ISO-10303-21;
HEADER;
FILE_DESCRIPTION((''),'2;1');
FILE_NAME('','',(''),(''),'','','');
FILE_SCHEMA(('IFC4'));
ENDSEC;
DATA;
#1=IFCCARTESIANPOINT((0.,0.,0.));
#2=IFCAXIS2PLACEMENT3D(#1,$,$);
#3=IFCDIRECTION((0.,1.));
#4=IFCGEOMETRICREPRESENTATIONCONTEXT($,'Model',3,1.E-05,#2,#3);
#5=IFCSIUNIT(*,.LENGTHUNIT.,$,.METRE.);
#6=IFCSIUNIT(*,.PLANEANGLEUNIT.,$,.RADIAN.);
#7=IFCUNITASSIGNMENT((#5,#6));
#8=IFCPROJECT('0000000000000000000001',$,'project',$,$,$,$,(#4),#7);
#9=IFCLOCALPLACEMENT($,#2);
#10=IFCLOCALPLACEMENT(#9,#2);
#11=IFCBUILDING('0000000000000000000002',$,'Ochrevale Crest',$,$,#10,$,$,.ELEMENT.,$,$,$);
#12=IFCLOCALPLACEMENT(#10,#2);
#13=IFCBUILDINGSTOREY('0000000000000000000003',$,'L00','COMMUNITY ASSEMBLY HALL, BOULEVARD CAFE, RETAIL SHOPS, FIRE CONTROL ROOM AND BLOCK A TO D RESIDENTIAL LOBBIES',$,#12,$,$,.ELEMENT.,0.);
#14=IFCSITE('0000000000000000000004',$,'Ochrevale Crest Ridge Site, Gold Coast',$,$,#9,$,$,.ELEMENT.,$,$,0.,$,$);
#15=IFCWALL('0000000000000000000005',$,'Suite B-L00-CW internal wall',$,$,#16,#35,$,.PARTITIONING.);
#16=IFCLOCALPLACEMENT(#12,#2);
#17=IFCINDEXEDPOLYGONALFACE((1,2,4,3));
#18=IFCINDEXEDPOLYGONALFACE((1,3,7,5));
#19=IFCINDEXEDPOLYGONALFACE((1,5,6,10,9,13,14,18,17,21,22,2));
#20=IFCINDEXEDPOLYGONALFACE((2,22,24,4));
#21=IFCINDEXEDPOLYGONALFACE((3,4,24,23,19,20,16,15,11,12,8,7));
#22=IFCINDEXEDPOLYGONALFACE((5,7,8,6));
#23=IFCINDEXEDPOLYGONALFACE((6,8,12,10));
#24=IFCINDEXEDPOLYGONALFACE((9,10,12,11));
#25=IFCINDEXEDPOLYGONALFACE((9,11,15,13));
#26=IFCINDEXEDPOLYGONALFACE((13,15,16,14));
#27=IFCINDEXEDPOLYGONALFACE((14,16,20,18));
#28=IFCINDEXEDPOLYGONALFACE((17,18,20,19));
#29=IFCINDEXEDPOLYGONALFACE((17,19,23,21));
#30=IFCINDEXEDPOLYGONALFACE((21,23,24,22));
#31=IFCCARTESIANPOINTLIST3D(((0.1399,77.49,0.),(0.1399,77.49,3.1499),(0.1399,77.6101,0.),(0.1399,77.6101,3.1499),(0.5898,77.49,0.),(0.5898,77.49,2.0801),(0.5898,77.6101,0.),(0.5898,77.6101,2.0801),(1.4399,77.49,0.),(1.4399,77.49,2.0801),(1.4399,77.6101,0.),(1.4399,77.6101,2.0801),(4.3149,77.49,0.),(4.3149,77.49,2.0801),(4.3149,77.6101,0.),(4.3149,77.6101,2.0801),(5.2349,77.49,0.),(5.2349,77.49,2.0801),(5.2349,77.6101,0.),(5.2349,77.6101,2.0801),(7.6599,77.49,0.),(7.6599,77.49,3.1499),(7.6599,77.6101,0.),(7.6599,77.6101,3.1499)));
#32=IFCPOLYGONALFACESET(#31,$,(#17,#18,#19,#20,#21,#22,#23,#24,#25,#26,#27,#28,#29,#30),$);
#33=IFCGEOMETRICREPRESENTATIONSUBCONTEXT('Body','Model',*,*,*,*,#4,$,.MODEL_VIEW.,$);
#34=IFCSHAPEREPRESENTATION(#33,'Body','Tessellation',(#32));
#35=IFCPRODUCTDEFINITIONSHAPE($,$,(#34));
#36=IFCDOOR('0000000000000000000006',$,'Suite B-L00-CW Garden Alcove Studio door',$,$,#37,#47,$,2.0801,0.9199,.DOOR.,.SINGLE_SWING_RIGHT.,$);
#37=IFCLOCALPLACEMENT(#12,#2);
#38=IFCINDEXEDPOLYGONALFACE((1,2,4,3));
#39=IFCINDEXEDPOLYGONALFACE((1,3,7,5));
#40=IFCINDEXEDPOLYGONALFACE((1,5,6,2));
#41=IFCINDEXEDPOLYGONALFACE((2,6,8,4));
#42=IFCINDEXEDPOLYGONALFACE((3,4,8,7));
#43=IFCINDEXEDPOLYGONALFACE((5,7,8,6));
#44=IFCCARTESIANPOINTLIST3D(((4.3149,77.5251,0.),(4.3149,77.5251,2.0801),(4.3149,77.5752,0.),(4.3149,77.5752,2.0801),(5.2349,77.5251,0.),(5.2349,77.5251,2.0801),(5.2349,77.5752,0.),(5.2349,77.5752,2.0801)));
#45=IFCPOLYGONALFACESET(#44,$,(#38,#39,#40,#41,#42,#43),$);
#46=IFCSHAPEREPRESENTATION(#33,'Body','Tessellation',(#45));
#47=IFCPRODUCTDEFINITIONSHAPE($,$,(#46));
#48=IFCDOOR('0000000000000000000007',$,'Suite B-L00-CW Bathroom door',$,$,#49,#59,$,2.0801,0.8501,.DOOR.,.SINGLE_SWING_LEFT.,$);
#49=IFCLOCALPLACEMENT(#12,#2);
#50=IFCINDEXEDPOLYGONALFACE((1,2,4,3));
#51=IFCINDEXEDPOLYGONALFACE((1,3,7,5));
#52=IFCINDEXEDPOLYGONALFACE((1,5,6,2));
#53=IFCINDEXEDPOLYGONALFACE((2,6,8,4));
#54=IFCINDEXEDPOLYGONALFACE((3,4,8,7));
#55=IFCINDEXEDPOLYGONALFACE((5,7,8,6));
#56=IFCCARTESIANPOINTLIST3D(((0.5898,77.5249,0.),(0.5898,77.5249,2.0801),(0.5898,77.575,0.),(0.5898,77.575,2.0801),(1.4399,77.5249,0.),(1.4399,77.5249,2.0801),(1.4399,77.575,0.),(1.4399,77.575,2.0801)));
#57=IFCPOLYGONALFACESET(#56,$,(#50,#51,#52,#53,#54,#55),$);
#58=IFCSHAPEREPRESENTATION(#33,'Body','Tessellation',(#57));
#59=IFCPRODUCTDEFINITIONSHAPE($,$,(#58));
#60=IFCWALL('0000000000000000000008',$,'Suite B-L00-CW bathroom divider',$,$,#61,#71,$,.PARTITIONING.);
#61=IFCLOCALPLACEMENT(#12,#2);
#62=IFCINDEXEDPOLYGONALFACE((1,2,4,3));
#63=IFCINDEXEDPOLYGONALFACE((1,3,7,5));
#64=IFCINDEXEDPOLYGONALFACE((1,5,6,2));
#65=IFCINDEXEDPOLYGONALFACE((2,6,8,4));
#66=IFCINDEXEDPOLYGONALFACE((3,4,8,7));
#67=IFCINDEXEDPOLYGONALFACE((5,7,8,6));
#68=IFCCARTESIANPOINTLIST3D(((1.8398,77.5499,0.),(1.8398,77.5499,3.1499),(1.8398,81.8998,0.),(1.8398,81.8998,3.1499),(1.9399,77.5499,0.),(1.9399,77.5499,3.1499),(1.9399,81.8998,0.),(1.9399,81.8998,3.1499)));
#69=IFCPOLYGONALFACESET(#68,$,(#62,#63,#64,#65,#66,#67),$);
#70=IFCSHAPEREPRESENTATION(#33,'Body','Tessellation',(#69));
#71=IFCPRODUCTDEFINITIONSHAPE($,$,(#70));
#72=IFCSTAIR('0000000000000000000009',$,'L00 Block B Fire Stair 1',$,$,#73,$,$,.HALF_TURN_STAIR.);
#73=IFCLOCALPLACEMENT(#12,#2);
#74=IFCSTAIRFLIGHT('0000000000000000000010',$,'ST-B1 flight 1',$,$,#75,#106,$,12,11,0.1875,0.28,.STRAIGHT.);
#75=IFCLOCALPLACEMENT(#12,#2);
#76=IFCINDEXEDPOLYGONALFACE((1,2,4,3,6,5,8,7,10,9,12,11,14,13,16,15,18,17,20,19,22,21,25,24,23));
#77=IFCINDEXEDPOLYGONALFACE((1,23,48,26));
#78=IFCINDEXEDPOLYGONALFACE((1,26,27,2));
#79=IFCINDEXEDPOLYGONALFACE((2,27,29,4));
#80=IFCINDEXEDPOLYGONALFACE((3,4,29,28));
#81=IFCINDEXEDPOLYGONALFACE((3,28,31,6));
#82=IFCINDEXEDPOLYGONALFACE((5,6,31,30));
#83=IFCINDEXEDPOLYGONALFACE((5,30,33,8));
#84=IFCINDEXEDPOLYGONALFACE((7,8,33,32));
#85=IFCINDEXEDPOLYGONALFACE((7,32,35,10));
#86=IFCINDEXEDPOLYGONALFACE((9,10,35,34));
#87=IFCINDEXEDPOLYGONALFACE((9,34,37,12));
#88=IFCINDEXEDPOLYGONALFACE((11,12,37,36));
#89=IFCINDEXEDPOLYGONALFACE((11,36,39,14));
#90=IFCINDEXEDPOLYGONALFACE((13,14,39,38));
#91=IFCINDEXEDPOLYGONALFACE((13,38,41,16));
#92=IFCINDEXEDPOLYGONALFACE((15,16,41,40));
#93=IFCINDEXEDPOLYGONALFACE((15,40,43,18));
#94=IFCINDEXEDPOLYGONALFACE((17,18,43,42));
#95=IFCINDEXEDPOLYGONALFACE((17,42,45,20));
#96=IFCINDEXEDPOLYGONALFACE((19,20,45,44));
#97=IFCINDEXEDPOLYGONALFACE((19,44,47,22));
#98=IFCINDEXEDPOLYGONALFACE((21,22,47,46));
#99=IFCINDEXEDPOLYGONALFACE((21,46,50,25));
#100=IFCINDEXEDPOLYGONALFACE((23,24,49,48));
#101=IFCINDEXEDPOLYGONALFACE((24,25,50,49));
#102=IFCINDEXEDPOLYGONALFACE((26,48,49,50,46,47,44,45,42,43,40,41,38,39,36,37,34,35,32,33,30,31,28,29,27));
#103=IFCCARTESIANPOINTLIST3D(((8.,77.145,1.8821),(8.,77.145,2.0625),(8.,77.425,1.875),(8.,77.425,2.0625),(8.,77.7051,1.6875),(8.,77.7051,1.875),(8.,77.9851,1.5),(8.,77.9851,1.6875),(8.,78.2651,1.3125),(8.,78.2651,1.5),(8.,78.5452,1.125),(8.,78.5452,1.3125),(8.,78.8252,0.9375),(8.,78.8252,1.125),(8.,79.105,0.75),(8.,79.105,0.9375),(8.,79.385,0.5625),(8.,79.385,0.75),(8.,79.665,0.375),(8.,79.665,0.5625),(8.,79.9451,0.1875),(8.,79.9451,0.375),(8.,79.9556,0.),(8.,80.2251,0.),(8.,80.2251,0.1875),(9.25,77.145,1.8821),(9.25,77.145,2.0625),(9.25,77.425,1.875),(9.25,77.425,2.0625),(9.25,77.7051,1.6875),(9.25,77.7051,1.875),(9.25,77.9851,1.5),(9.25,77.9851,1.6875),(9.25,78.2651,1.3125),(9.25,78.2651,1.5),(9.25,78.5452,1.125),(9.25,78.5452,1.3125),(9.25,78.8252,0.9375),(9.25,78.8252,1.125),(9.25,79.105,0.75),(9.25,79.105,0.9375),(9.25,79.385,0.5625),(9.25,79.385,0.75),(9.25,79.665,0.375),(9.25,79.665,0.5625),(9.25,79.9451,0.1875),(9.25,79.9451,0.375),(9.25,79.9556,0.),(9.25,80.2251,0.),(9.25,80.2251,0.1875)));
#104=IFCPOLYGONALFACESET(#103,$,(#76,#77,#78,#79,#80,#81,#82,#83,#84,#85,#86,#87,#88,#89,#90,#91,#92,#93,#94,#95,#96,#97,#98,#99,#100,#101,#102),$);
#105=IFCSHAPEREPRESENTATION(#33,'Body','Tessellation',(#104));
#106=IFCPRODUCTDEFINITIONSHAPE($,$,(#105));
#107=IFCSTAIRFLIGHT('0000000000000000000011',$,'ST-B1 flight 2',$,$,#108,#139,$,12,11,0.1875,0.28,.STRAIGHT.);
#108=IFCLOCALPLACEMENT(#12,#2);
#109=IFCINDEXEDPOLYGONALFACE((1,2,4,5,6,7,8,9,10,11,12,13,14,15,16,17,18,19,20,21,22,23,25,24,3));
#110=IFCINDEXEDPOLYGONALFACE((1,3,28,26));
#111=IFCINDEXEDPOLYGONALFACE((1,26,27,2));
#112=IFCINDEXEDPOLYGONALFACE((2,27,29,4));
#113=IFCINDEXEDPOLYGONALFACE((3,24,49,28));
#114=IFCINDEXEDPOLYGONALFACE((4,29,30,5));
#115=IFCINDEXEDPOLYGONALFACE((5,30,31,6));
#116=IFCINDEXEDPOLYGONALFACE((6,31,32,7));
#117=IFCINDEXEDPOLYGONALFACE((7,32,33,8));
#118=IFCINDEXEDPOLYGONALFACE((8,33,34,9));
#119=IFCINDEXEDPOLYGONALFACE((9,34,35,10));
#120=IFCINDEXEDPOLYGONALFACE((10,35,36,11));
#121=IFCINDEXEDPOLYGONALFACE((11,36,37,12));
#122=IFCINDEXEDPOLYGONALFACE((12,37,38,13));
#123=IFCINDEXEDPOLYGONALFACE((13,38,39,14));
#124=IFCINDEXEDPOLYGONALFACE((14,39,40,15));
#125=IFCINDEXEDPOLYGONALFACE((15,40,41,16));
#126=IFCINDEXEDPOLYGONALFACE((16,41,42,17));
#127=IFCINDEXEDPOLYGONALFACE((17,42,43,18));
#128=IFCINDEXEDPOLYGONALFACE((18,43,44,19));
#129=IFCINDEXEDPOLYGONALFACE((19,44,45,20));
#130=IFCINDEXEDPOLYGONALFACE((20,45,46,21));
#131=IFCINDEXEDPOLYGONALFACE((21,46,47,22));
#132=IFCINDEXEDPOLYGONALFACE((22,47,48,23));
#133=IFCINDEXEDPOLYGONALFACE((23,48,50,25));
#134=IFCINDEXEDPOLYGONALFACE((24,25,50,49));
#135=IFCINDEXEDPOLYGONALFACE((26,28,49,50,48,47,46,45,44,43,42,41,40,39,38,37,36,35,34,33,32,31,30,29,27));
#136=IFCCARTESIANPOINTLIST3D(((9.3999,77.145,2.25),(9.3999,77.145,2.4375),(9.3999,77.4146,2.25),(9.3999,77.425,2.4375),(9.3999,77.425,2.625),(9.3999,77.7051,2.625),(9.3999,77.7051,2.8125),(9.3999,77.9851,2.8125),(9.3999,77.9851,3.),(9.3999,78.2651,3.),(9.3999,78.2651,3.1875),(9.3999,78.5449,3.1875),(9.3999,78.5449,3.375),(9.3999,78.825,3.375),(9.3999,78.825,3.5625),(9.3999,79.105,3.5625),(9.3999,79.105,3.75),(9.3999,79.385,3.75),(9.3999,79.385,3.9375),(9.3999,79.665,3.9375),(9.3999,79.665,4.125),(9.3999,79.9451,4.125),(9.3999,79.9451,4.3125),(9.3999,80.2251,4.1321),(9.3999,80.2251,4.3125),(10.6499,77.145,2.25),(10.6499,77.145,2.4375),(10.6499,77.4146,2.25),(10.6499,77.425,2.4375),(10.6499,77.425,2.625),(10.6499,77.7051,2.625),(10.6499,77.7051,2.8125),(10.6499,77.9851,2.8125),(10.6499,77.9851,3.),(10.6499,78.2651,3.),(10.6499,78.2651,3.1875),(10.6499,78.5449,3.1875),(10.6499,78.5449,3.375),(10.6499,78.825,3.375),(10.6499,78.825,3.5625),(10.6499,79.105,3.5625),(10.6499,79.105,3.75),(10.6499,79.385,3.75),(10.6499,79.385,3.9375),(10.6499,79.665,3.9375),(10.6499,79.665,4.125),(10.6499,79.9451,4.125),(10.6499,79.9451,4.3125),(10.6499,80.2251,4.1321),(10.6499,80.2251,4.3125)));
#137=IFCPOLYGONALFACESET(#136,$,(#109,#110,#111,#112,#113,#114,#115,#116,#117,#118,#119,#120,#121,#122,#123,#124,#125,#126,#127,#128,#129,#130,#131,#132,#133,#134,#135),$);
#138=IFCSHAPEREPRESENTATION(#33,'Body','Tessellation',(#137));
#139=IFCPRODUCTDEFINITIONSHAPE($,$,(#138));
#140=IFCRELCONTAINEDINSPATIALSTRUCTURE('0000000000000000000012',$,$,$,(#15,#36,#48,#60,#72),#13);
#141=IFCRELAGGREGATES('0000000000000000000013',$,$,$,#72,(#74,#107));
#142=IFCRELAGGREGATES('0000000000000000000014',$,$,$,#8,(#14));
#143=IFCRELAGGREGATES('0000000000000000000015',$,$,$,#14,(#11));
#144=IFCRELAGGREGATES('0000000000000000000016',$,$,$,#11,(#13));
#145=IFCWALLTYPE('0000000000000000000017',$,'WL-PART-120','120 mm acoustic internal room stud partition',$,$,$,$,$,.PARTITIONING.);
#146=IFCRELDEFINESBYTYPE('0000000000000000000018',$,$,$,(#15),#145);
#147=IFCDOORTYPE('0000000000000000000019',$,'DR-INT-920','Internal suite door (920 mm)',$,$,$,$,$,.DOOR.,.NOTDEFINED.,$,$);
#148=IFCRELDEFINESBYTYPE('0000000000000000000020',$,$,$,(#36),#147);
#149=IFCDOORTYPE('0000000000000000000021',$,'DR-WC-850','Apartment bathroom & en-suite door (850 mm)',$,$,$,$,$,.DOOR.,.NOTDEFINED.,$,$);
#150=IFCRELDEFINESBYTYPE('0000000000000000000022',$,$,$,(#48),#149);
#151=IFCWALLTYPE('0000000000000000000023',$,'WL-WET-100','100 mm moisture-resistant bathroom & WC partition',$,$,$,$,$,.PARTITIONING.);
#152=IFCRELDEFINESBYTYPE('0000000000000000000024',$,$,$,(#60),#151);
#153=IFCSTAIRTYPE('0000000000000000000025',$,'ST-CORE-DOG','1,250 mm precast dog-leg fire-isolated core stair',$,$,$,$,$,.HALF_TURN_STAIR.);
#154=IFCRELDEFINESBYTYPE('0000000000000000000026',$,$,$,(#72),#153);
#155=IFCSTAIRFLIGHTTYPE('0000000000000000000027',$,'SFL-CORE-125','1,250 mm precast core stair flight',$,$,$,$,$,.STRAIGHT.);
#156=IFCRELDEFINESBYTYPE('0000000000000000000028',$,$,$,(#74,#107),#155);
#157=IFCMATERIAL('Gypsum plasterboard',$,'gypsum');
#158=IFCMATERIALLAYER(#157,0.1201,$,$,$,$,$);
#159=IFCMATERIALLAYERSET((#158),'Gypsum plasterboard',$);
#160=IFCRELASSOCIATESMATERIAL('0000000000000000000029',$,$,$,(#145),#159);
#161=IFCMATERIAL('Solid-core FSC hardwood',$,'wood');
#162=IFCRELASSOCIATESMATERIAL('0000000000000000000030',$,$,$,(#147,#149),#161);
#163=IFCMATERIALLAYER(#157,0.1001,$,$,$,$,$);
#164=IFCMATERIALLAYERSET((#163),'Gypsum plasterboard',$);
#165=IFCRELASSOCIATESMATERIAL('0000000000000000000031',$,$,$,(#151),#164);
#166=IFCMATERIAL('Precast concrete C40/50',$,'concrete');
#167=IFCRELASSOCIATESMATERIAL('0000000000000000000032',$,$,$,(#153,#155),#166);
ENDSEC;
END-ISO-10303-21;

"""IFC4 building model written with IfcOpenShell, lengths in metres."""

from ifc_helpers import new_model, si_unit, direction, frame, frame_2d, origin, place, context, subcontext, project, spatial, polyline, rectangle, outline, extrude, material, layer, layer_set, type_object, element, fill, aggregate, save


model = new_model("IFC4")

# Units and contexts
model_context = context("Model", 3, precision=1e-05, world=origin(), true_north=direction((0.0, 1.0)))
body_context = subcontext(model_context, "Body", "Model", "MODEL_VIEW")
ifc_project = project(units=[si_unit("LENGTHUNIT", "METRE"), si_unit("PLANEANGLEUNIT", "RADIAN")], contexts=[model_context])

# Site, building, storey
site_placement = place(None, origin())
site = spatial("IfcSite", under=ifc_project, at=site_placement, Name="Ochrevale Crest Ridge Site, Gold Coast", CompositionType="ELEMENT", RefElevation=0.0)
building_placement = place(site_placement, origin())
building = spatial("IfcBuilding", under=site, at=building_placement, Name="Ochrevale Crest", CompositionType="ELEMENT")
storey_placement = place(building_placement, origin())
storey = spatial("IfcBuildingStorey", under=building, at=storey_placement, Name="L00", Description="COMMUNITY ASSEMBLY HALL, BOULEVARD CAFE, RETAIL SHOPS, FIRE CONTROL ROOM AND BLOCK A TO D RESIDENTIAL LOBBIES", CompositionType="ELEMENT", Elevation=0.0)

# Shared definitions
ifc_material_1 = material(Name="Precast concrete C40/50", Category="concrete")

# Shared definitions
ifc_material_2 = material(Name="Gypsum plasterboard", Category="gypsum")
ifc_material_3 = material(Name="Solid-core FSC hardwood", Category="wood")

# Wall, openings, doors
ifc_layer_1 = layer(ifc_material_2, 0.1201)
ifc_layer_set_1 = layer_set([ifc_layer_1], Name="Gypsum plasterboard")
wall_type_1 = type_object("IfcWallType", Name="WL-PART-120", Description="120 mm acoustic internal room stud partition", PredefinedType="PARTITIONING", material=ifc_layer_set_1)
wall_1_placement = place(storey_placement, frame((0.1399, 77.55, 0.0), z_axis=(0.0, 0.0, 1.0), x_axis=(1.0, 0.0, 0.0)))
wall_1 = element("IfcWall", 1, at=wall_1_placement, inside=storey, type_object=wall_type_1, Name="Suite B-L00-CW internal wall", PredefinedType="PARTITIONING", context=body_context, shape_type="SweptSolid", body=[
    extrude(rectangle(XDim=7.52, YDim=0.1201, at=frame_2d((3.76, 0.0))), origin(), (0.0, 0.0, 1.0), 3.1499),
])
opening_1_placement = place(wall_1_placement, frame((0.45, 0.0, 0.0)))
opening_1 = element("IfcOpeningElement", 2, at=opening_1_placement, cuts=wall_1, PredefinedType="OPENING", context=body_context, shape_type="SweptSolid", body=[
    extrude(rectangle(XDim=0.8501, YDim=2.0801, at=frame_2d((0.425, 1.04))), frame((0.0, 0.0701, 0.0), z_axis=(0.0, -1.0, 0.0), x_axis=(1.0, 0.0, 0.0)), (0.0, 0.0, 1.0), 0.1401),
])
opening_2_placement = place(wall_1_placement, frame((5.095, 0.0, 0.0), z_axis=(0.0, 0.0, 1.0), x_axis=(-1.0, 0.0, 0.0)))
opening_2 = element("IfcOpeningElement", 3, at=opening_2_placement, cuts=wall_1, PredefinedType="OPENING", context=body_context, shape_type="SweptSolid", body=[
    extrude(rectangle(XDim=0.9199, YDim=2.0801, at=frame_2d((0.46, 1.04))), frame((0.0, 0.0701, 0.0), z_axis=(0.0, -1.0, 0.0), x_axis=(1.0, 0.0, 0.0)), (0.0, 0.0, 1.0), 0.1401),
])
door_type_1 = type_object("IfcDoorType", Name="DR-INT-920", Description="Internal suite door (920 mm)", OperationType="NOTDEFINED", PredefinedType="DOOR", material=ifc_material_3)
door_1_placement = place(opening_2_placement, origin())
door_1 = element("IfcDoor", 4, at=door_1_placement, inside=storey, type_object=door_type_1, Name="Suite B-L00-CW Garden Alcove Studio door", OperationType="SINGLE_SWING_RIGHT", OverallHeight=2.0801, OverallWidth=0.9199, PredefinedType="DOOR", context=body_context, shape_type="SweptSolid", body=[
    extrude(rectangle(XDim=0.9199, YDim=2.0801, at=frame_2d((0.46, 1.04))), frame((0.0, 0.0249, 0.0), z_axis=(0.0, -1.0, 0.0), x_axis=(1.0, 0.0, 0.0)), (0.0, 0.0, 1.0), 0.05),
])
fill(opening_2, door_1)
door_type_2 = type_object("IfcDoorType", Name="DR-WC-850", Description="Apartment bathroom & en-suite door (850 mm)", OperationType="NOTDEFINED", PredefinedType="DOOR", material=ifc_material_3)
door_2_placement = place(opening_1_placement, origin())
door_2 = element("IfcDoor", 5, at=door_2_placement, inside=storey, type_object=door_type_2, Name="Suite B-L00-CW Bathroom door", OperationType="SINGLE_SWING_LEFT", OverallHeight=2.0801, OverallWidth=0.8501, PredefinedType="DOOR", context=body_context, shape_type="SweptSolid", body=[
    extrude(rectangle(XDim=0.8501, YDim=2.0801, at=frame_2d((0.425, 1.04))), frame((0.0, 0.0249, 0.0), z_axis=(0.0, -1.0, 0.0), x_axis=(1.0, 0.0, 0.0)), (0.0, 0.0, 1.0), 0.05),
])
fill(opening_1, door_2)

# Wall
ifc_layer_2 = layer(ifc_material_2, 0.1001)
ifc_layer_set_2 = layer_set([ifc_layer_2], Name="Gypsum plasterboard")
wall_type_2 = type_object("IfcWallType", Name="WL-WET-100", Description="100 mm moisture-resistant bathroom & WC partition", PredefinedType="PARTITIONING", material=ifc_layer_set_2)
wall_2_placement = place(storey_placement, frame((1.8899, 77.55, 0.0), z_axis=(0.0, 0.0, 1.0), x_axis=(0.0, 1.0, 0.0)))
element("IfcWall", 6, at=wall_2_placement, inside=storey, type_object=wall_type_2, Name="Suite B-L00-CW bathroom divider", PredefinedType="PARTITIONING", context=body_context, shape_type="SweptSolid", body=[
    extrude(rectangle(XDim=4.3499, YDim=0.1001, at=frame_2d((2.1748, 0.0))), origin(), (0.0, 0.0, 1.0), 3.1499),
])

# Stair, stair flights
stair_type = type_object("IfcStairType", Name="ST-CORE-DOG", Description="1,250 mm precast dog-leg fire-isolated core stair", PredefinedType="HALF_TURN_STAIR", material=ifc_material_1)
stair_placement = place(storey_placement, origin())
stair = element("IfcStair", 7, at=stair_placement, inside=storey, type_object=stair_type, Name="L00 Block B Fire Stair 1", PredefinedType="HALF_TURN_STAIR")
stair_flight_type = type_object("IfcStairFlightType", Name="SFL-CORE-125", Description="1,250 mm precast core stair flight", PredefinedType="STRAIGHT", material=ifc_material_1)
stair_flight_1_placement = place(storey_placement, frame((8.625, 80.2251, 0.0), z_axis=(0.0, 0.0, 1.0), x_axis=(0.0, -1.0, 0.0)))
stair_flight_1 = element("IfcStairFlight", 8, at=stair_flight_1_placement, type_object=stair_flight_type, Name="ST-B1 flight 1", NumberOfRisers=12, NumberOfTreads=11, PredefinedType="STRAIGHT", RiserHeight=0.1875, TreadLength=0.28, context=body_context, shape_type="SweptSolid", body=[
    extrude(outline(polyline([(0.0, 0.0), (0.0, 0.1875), (0.28, 0.1875), (0.28, 0.375), (0.5601, 0.375), (0.5601, 0.5625), (0.8401, 0.5625), (0.8401, 0.75), (1.1201, 0.75), (1.1201, 0.9375), (1.3999, 0.9375), (1.3999, 1.125), (1.6799, 1.125), (1.6799, 1.3125), (1.96, 1.3125), (1.96, 1.5), (2.24, 1.5), (2.24, 1.6875), (2.52, 1.6875), (2.52, 1.875), (2.8, 1.875), (2.8, 2.0625), (3.0801, 2.0625), (3.0801, 2.25), (3.0801, 1.8821), (0.2695, 0.0), (0.0, 0.0)])), frame((0.0, 0.625, 0.0), z_axis=(0.0, -1.0, 0.0), x_axis=(1.0, 0.0, 0.0)), (0.0, 0.0, 1.0), 1.25),
])
stair_flight_2_placement = place(storey_placement, frame((10.0249, 77.145, 2.25), z_axis=(0.0, 0.0, 1.0), x_axis=(0.0, 1.0, 0.0)))
stair_flight_2 = element("IfcStairFlight", 9, at=stair_flight_2_placement, type_object=stair_flight_type, Name="ST-B1 flight 2", NumberOfRisers=12, NumberOfTreads=11, PredefinedType="STRAIGHT", RiserHeight=0.1875, TreadLength=0.28, context=body_context, shape_type="SweptSolid", body=[
    extrude(outline(polyline([(0.0, 0.0), (0.0, 0.1875), (0.28, 0.1875), (0.28, 0.375), (0.5601, 0.375), (0.5601, 0.5625), (0.8401, 0.5625), (0.8401, 0.75), (1.1201, 0.75), (1.1201, 0.9375), (1.3999, 0.9375), (1.3999, 1.125), (1.6799, 1.125), (1.6799, 1.3125), (1.96, 1.3125), (1.96, 1.5), (2.24, 1.5), (2.24, 1.6875), (2.52, 1.6875), (2.52, 1.875), (2.8, 1.875), (2.8, 2.0625), (3.0801, 2.0625), (3.0801, 2.25), (3.0801, 1.8821), (0.2695, 0.0), (0.0, 0.0)])), frame((0.0, 0.625, 0.0), z_axis=(0.0, -1.0, 0.0), x_axis=(1.0, 0.0, 0.0)), (0.0, 0.0, 1.0), 1.25),
])
aggregate(stair, [stair_flight_1, stair_flight_2])

save(model, "model.ifc")
